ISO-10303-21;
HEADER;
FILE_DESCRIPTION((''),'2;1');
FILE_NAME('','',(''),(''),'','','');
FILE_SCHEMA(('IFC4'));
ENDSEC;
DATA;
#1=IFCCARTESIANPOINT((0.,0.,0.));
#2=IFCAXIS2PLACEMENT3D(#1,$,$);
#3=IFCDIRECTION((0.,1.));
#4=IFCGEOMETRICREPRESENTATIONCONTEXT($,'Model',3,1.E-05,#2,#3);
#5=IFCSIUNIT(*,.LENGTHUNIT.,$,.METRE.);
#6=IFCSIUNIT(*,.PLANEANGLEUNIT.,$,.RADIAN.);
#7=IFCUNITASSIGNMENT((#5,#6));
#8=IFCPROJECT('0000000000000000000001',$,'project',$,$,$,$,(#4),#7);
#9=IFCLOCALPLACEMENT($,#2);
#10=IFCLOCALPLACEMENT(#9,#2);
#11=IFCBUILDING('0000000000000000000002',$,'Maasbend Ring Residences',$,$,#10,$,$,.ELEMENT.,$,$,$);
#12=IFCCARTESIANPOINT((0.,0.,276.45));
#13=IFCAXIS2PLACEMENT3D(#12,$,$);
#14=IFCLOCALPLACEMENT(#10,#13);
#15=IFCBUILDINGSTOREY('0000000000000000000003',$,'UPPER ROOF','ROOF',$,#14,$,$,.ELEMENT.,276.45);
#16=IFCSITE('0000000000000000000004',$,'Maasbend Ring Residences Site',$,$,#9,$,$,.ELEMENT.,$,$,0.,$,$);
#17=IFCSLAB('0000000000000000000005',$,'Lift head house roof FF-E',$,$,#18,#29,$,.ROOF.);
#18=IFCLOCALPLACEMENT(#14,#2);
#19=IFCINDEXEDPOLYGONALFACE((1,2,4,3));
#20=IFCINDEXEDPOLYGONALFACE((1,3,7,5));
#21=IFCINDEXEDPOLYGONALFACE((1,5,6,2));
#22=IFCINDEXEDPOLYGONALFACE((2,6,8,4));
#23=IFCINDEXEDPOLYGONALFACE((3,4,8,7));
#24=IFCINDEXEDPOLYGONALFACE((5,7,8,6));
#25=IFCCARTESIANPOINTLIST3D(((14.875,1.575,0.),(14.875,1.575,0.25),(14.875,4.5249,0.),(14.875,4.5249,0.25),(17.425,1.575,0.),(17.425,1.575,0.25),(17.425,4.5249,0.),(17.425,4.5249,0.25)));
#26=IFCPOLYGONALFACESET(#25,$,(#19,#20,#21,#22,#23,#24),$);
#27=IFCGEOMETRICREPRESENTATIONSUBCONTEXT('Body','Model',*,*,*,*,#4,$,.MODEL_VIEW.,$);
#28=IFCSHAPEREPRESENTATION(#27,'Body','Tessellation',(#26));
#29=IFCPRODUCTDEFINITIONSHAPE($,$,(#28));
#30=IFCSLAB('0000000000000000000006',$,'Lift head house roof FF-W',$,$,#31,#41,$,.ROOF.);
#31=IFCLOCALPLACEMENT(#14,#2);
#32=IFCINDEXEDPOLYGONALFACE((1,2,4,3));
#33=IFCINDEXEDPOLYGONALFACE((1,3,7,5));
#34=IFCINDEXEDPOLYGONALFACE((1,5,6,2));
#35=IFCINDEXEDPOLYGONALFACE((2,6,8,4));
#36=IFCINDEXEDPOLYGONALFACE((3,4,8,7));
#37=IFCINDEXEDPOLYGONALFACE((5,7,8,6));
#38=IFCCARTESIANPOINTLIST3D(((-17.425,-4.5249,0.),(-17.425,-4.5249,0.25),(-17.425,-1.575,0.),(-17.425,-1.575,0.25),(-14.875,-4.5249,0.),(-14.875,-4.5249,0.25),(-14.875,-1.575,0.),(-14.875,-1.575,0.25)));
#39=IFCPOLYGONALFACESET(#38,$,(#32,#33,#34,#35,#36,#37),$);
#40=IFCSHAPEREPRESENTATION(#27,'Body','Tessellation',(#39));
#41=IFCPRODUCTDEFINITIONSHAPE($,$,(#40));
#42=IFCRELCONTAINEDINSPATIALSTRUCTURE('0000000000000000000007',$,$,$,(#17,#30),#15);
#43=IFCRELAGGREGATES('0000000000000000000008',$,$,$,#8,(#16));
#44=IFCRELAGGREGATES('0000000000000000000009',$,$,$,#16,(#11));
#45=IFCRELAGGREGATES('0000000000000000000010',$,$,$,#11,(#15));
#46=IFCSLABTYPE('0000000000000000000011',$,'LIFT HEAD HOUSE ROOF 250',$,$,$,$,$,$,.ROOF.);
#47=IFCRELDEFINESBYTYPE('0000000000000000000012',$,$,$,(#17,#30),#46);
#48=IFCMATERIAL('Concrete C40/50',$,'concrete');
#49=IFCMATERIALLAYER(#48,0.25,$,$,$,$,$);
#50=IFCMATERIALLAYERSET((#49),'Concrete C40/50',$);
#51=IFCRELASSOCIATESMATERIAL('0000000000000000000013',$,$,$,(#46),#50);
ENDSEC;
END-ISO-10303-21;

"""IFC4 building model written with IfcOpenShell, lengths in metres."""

from ifc_helpers import new_model, si_unit, direction, frame, origin, place, context, subcontext, project, spatial, polyline, outline, extrude, material, layer, layer_set, type_object, element, save


model = new_model("IFC4")

# Units and contexts
model_context = context("Model", 3, precision=1e-05, world=origin(), true_north=direction((0.0, 1.0)))
body_context = subcontext(model_context, "Body", "Model", "MODEL_VIEW")
ifc_project = project(units=[si_unit("LENGTHUNIT", "METRE"), si_unit("PLANEANGLEUNIT", "RADIAN")], contexts=[model_context])

# Site, building, storey
site_placement = place(None, origin())
site = spatial("IfcSite", under=ifc_project, at=site_placement, Name="Maasbend Ring Residences Site", CompositionType="ELEMENT", RefElevation=0.0)
building_placement = place(site_placement, origin())
building = spatial("IfcBuilding", under=site, at=building_placement, Name="Maasbend Ring Residences", CompositionType="ELEMENT")
storey_placement = place(building_placement, frame((0.0, 0.0, 276.45)))
storey = spatial("IfcBuildingStorey", under=building, at=storey_placement, Name="UPPER ROOF", Description="ROOF", CompositionType="ELEMENT", Elevation=276.45)

# Slabs
ifc_material = material(Name="Concrete C40/50", Category="concrete")
ifc_layer = layer(ifc_material, 0.25)
ifc_layer_set = layer_set([ifc_layer], Name="Concrete C40/50")
slab_type = type_object("IfcSlabType", Name="LIFT HEAD HOUSE ROOF 250", PredefinedType="ROOF", material=ifc_layer_set)
slab_1_placement = place(storey_placement, origin())
element("IfcSlab", 1, at=slab_1_placement, inside=storey, type_object=slab_type, Name="Lift head house roof FF-E", PredefinedType="ROOF", context=body_context, shape_type="SweptSolid", body=[
    extrude(outline(polyline([(14.875, 1.575), (17.425, 1.575), (17.425, 4.5249), (14.875, 4.5249), (14.875, 1.575)])), origin(), (0.0, 0.0, 1.0), 0.25),
])
slab_2_placement = place(storey_placement, origin())
element("IfcSlab", 2, at=slab_2_placement, inside=storey, type_object=slab_type, Name="Lift head house roof FF-W", PredefinedType="ROOF", context=body_context, shape_type="SweptSolid", body=[
    extrude(outline(polyline([(-14.875, -1.575), (-17.425, -1.575), (-17.425, -4.5249), (-14.875, -4.5249), (-14.875, -1.575)])), origin(), (0.0, 0.0, 1.0), 0.25),
])

save(model, "model.ifc")
